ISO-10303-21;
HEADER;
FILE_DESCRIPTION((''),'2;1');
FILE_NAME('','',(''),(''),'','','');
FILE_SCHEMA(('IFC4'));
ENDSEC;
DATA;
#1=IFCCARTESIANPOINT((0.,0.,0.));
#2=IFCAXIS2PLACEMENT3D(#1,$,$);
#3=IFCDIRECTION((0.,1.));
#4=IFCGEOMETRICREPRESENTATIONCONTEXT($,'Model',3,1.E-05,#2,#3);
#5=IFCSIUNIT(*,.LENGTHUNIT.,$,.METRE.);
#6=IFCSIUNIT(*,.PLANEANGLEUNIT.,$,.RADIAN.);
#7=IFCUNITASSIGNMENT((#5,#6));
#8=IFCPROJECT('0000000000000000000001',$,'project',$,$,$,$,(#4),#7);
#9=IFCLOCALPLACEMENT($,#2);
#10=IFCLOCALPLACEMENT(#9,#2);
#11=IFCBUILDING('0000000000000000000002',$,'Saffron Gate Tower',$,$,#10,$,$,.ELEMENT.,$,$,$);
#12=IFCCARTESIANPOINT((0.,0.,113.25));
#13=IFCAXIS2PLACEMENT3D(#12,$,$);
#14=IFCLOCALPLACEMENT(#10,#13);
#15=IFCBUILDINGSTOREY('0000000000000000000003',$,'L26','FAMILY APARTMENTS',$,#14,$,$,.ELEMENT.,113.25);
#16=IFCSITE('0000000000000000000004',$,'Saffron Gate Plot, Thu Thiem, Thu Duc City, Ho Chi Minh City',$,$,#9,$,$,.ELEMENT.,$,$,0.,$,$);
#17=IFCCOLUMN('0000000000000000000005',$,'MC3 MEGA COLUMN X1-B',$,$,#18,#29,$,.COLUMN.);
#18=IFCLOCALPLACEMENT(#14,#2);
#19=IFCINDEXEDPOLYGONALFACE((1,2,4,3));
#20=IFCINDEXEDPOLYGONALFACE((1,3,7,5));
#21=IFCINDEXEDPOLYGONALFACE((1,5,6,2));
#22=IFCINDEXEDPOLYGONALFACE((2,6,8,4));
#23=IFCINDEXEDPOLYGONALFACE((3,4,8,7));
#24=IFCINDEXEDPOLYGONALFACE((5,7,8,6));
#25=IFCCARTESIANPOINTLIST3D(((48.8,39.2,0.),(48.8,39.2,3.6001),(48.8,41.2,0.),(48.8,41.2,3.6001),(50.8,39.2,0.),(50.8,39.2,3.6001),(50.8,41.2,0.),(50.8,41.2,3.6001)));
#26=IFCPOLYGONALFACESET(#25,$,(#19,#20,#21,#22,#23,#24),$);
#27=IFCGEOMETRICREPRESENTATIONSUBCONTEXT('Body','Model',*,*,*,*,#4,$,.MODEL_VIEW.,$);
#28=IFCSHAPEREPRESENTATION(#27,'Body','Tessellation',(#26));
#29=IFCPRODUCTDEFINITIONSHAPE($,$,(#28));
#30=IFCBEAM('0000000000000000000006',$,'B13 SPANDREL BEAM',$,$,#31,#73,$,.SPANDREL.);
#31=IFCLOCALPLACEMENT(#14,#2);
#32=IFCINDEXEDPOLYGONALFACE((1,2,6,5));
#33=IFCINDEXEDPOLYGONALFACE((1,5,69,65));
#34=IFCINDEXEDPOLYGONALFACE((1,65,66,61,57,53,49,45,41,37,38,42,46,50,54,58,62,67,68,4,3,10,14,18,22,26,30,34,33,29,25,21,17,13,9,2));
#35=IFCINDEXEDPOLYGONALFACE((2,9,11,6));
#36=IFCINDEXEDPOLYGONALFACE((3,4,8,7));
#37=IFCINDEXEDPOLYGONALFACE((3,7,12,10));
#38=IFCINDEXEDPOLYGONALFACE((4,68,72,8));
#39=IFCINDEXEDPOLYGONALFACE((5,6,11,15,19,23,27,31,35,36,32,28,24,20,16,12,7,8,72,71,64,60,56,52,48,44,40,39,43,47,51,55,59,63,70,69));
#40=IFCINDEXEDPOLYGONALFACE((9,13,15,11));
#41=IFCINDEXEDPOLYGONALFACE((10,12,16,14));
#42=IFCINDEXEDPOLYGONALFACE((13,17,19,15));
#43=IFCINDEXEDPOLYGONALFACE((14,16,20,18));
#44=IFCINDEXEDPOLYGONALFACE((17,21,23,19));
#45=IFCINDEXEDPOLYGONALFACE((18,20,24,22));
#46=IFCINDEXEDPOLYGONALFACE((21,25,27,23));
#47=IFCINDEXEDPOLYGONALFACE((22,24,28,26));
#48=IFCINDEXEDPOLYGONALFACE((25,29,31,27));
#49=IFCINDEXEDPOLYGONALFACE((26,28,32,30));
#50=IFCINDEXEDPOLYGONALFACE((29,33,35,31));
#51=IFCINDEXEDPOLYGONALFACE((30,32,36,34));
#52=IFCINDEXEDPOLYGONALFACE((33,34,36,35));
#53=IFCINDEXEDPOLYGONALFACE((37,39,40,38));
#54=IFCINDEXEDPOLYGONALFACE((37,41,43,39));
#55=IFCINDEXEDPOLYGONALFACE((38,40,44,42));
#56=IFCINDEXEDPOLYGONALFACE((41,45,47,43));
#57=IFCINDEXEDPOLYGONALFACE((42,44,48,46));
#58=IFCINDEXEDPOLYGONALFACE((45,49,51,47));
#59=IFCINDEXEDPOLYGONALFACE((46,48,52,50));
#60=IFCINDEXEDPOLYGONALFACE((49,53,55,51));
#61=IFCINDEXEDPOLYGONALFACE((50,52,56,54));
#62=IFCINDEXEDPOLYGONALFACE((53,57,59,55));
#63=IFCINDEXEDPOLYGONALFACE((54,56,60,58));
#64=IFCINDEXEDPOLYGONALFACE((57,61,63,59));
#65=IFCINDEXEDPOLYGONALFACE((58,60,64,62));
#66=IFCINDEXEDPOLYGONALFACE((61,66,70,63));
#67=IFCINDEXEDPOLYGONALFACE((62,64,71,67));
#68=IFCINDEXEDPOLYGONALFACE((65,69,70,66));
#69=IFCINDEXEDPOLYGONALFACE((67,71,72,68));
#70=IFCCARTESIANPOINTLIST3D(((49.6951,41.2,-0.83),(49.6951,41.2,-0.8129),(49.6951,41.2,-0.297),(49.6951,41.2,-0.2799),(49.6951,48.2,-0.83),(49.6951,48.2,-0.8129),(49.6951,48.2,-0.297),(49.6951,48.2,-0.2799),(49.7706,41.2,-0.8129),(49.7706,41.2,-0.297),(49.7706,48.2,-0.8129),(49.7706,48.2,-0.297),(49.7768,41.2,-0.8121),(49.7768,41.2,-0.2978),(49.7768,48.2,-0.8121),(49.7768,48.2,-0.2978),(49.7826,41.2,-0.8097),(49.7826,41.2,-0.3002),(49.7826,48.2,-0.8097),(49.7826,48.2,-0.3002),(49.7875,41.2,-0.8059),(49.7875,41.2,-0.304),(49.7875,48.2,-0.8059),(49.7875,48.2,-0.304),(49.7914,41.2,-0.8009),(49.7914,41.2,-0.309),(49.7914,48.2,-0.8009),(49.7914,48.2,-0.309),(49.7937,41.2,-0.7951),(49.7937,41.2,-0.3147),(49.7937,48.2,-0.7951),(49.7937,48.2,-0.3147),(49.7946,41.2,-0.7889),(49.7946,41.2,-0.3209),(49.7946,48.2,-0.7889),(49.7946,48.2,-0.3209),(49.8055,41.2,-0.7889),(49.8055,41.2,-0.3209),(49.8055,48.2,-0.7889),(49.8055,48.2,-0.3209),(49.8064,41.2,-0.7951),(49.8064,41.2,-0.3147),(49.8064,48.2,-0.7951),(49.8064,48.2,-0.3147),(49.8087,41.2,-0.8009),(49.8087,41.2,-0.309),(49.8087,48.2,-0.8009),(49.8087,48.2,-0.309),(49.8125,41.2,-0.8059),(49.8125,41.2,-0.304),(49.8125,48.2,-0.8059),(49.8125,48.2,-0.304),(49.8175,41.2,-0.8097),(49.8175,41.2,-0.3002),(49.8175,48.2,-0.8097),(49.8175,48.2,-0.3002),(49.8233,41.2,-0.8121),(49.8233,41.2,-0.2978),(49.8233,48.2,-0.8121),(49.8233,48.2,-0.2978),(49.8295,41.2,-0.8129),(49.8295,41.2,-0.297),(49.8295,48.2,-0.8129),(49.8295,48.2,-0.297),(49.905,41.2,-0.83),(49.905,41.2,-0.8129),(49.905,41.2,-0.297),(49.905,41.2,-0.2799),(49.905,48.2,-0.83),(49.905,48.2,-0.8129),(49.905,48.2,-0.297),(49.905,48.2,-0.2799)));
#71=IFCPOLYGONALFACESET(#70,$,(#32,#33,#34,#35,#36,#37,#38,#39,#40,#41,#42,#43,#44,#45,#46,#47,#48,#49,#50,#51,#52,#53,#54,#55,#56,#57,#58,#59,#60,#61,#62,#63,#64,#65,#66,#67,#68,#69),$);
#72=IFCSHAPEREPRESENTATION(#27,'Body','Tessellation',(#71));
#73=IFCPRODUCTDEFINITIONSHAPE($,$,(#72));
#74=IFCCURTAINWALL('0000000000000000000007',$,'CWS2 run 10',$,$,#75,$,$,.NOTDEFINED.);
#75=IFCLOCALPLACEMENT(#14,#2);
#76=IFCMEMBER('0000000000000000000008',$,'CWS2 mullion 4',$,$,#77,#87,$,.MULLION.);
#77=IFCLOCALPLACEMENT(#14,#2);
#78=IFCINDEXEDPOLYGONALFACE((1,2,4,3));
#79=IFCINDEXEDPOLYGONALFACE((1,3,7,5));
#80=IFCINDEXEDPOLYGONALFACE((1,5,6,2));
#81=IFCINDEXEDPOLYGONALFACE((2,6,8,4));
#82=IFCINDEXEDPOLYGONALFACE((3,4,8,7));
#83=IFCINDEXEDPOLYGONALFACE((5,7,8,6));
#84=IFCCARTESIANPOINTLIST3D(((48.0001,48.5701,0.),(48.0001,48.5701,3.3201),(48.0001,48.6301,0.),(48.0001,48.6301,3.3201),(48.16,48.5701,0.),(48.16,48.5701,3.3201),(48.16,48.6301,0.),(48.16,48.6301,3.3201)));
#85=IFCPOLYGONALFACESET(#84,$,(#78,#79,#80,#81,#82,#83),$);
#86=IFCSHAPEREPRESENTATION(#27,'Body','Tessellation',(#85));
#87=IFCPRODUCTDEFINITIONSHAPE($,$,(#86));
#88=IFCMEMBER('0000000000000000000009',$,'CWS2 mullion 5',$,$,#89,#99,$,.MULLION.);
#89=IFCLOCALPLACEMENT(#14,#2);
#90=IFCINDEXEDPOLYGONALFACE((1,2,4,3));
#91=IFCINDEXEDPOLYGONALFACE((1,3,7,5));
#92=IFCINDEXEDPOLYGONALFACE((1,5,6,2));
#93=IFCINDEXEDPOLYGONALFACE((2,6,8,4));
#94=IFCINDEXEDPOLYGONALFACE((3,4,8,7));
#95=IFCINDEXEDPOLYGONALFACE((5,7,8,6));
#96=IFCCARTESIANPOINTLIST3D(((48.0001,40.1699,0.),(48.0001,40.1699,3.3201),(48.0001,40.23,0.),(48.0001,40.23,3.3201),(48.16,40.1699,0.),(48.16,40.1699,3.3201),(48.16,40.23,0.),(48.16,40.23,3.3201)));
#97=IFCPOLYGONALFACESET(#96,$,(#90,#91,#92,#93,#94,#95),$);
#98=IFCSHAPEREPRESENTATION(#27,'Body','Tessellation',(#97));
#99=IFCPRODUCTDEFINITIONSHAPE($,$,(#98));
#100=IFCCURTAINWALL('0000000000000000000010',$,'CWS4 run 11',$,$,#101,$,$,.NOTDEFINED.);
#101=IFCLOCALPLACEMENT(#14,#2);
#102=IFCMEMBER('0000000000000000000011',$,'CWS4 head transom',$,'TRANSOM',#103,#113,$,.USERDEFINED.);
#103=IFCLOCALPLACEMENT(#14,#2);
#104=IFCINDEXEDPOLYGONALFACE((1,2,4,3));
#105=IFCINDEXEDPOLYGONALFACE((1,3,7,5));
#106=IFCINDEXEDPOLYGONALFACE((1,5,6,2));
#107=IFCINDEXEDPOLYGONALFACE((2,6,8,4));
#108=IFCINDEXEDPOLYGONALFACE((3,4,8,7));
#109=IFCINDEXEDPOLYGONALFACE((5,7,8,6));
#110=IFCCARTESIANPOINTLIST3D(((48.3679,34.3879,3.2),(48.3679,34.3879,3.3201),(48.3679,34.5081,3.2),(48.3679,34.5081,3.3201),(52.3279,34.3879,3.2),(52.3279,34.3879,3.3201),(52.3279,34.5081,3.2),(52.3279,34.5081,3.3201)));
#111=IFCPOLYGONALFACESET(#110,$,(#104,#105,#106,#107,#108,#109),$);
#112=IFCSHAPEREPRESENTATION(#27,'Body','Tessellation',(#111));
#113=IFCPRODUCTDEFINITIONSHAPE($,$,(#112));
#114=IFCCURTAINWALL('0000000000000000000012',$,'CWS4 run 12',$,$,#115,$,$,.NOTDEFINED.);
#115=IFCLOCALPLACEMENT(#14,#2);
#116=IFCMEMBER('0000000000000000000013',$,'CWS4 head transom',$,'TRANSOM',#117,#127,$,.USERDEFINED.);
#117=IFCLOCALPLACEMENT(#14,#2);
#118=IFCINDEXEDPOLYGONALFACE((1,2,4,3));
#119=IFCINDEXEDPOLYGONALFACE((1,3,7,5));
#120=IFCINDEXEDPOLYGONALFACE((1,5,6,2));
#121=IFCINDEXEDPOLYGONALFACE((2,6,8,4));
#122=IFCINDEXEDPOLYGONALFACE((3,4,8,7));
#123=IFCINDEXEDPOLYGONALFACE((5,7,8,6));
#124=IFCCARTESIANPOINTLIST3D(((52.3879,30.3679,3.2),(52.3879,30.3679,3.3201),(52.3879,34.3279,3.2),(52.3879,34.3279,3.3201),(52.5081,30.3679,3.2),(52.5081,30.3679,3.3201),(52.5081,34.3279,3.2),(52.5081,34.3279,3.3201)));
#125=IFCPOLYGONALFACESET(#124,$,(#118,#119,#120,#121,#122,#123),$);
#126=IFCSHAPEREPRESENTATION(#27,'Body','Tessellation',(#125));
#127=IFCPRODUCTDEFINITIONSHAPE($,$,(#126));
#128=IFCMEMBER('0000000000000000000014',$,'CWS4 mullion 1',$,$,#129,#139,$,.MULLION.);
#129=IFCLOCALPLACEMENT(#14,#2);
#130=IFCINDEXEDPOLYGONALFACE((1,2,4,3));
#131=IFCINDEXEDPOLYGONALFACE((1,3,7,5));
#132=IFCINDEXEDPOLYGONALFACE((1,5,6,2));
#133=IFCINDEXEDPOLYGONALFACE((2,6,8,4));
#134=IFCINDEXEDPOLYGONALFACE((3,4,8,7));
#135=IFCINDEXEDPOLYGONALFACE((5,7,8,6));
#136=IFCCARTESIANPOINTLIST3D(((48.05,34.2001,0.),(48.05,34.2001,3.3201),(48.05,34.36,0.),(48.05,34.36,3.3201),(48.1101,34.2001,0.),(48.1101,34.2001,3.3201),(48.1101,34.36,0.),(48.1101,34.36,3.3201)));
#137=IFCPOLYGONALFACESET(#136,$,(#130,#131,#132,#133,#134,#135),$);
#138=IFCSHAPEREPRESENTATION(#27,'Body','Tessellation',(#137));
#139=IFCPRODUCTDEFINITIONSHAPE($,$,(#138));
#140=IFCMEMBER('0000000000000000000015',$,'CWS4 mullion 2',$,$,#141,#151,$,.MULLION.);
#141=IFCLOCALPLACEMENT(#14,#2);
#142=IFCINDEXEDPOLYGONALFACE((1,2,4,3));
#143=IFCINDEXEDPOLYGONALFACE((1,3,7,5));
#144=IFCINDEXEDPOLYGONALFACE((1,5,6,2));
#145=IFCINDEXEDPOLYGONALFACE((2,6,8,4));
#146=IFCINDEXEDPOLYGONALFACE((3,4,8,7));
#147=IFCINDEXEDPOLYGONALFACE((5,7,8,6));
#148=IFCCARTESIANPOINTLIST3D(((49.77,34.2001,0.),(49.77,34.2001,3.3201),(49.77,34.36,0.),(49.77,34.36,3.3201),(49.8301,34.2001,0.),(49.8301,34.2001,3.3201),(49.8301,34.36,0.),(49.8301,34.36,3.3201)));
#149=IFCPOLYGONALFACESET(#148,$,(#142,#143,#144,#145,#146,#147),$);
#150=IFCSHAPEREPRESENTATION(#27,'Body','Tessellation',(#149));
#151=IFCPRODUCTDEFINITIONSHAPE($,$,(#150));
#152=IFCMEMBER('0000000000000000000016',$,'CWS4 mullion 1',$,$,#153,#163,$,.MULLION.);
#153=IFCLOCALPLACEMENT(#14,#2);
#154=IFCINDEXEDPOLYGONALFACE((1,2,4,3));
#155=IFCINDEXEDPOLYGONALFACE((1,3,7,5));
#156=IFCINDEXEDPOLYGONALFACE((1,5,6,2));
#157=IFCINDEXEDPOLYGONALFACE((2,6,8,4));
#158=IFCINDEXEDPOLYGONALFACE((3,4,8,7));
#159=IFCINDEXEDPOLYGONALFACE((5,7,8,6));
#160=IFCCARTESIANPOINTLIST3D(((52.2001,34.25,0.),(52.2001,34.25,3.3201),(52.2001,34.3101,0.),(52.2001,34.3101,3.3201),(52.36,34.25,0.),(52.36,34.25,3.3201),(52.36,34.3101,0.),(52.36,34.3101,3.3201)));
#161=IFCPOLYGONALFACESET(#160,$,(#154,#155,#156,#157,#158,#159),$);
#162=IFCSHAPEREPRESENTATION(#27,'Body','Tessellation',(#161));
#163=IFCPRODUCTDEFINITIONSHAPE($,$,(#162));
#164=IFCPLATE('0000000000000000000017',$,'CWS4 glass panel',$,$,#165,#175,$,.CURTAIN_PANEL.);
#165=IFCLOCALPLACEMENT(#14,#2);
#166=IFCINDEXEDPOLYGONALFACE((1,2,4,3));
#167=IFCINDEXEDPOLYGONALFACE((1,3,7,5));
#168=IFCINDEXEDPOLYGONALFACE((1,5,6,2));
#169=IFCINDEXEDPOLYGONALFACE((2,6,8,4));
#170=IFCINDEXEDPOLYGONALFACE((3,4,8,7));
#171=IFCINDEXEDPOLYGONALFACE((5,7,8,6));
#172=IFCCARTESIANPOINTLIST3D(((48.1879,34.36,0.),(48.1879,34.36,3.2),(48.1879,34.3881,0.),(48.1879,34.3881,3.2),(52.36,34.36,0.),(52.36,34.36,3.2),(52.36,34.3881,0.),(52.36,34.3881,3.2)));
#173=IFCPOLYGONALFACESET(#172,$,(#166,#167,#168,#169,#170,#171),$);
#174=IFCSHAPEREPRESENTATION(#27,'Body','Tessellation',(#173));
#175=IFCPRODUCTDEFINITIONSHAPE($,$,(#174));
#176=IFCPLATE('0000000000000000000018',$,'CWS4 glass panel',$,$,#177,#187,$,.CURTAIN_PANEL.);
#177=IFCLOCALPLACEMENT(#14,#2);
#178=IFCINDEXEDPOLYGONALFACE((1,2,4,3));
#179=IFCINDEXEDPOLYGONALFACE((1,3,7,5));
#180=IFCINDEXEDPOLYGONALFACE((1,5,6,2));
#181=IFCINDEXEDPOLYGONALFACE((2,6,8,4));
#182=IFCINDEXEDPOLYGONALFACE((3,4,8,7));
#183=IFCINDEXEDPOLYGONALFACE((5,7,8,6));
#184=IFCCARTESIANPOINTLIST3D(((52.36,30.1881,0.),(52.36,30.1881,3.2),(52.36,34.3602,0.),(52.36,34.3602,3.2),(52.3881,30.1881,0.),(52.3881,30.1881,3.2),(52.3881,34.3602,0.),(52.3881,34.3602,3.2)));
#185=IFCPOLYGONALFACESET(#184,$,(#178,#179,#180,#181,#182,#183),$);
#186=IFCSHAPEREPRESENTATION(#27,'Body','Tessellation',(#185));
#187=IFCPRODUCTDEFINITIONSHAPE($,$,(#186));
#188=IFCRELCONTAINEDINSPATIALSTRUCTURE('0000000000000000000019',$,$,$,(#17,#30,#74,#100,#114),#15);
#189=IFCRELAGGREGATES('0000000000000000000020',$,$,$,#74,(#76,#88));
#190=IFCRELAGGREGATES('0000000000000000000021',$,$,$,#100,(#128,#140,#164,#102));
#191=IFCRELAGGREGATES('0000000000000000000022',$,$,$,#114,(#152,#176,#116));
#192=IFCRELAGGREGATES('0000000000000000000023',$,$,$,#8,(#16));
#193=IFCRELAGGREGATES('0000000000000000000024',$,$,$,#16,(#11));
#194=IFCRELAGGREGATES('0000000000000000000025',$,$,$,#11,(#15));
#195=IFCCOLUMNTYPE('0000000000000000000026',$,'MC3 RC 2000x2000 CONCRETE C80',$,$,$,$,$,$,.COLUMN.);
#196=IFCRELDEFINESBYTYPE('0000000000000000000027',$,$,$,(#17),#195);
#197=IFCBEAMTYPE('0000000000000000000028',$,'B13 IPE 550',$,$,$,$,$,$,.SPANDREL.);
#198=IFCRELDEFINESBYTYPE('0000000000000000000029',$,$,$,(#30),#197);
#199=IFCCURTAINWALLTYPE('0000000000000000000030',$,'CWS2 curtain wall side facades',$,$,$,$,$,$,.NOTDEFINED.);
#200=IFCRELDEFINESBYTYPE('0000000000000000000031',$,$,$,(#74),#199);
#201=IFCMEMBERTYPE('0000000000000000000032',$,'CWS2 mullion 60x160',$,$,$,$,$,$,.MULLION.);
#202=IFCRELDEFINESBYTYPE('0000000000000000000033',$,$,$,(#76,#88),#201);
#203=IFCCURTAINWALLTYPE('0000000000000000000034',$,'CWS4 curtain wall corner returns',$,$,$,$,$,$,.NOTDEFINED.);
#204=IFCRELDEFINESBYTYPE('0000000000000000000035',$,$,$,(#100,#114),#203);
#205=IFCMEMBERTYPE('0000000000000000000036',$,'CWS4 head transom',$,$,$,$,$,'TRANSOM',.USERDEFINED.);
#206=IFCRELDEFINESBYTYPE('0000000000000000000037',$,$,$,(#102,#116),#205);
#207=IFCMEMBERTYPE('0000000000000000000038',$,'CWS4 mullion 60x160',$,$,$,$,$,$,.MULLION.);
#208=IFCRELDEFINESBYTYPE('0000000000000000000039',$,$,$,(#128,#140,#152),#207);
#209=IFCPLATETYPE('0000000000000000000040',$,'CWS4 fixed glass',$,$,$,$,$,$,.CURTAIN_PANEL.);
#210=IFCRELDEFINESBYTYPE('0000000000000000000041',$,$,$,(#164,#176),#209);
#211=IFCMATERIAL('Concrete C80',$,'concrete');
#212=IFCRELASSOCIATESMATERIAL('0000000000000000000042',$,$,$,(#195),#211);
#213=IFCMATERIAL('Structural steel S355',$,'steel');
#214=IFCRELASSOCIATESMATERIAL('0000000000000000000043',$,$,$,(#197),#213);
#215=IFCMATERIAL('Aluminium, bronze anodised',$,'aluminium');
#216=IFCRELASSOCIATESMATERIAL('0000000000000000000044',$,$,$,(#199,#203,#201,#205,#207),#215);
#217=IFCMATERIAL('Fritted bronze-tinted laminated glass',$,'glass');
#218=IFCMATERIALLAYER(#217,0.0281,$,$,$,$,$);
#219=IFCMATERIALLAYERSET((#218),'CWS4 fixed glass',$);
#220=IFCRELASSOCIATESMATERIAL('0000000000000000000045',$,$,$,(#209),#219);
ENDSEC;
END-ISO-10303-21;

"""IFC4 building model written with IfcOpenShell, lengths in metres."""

from ifc_helpers import new_model, si_unit, direction, frame, frame_2d, origin, origin_2d, place, context, subcontext, project, spatial, rectangle, i_section, extrude, material, layer, layer_set, material_profile, profile_set, type_object, element, aggregate, save


model = new_model("IFC4")

# Units and contexts
model_context = context("Model", 3, precision=1e-05, world=origin(), true_north=direction((0.0, 1.0)))
body_context = subcontext(model_context, "Body", "Model", "MODEL_VIEW")
ifc_project = project(units=[si_unit("LENGTHUNIT", "METRE"), si_unit("PLANEANGLEUNIT", "RADIAN")], contexts=[model_context])

# Site, building, storey
site_placement = place(None, origin())
site = spatial("IfcSite", under=ifc_project, at=site_placement, Name="Saffron Gate Plot, Thu Thiem, Thu Duc City, Ho Chi Minh City", CompositionType="ELEMENT", RefElevation=0.0)
building_placement = place(site_placement, origin())
building = spatial("IfcBuilding", under=site, at=building_placement, Name="Saffron Gate Tower", CompositionType="ELEMENT")
storey_placement = place(building_placement, frame((0.0, 0.0, 113.25)))
storey = spatial("IfcBuildingStorey", under=building, at=storey_placement, Name="L26", Description="FAMILY APARTMENTS", CompositionType="ELEMENT", Elevation=113.25)

# Column
ifc_material_1 = material(Name="Concrete C80", Category="concrete")
ifc_material_profile_1 = material_profile(ifc_material_1, rectangle(XDim=2.0, YDim=2.0, at=origin_2d()))
ifc_profile_set_1 = profile_set([ifc_material_profile_1], Name="Concrete C80")
column_type = type_object("IfcColumnType", Name="MC3 RC 2000x2000 CONCRETE C80", PredefinedType="COLUMN", material=ifc_profile_set_1)
column_placement = place(storey_placement, frame((49.8, 40.2, 0.0), z_axis=(0.0, 0.0, 1.0), x_axis=(1.0, 0.0, 0.0)))
element("IfcColumn", 1, at=column_placement, inside=storey, type_object=column_type, Name="MC3 MEGA COLUMN X1-B", PredefinedType="COLUMN", context=body_context, shape_type="SweptSolid", body=[
    extrude(rectangle(XDim=2.0, YDim=2.0, at=origin_2d()), origin(), (0.0, 0.0, 1.0), 3.6001),
])

# Beam
ifc_material_2 = material(Name="Structural steel S355", Category="steel")
ifc_material_profile_2 = material_profile(ifc_material_2, i_section(OverallWidth=0.21, OverallDepth=0.55, WebThickness=0.011, FlangeThickness=0.0171, FilletRadius=0.0239, at=origin_2d()))
ifc_profile_set_2 = profile_set([ifc_material_profile_2], Name="Structural steel S355")
beam_type = type_object("IfcBeamType", Name="B13 IPE 550", PredefinedType="SPANDREL", material=ifc_profile_set_2)
beam_placement = place(storey_placement, frame((49.8, 41.2, -0.5549), z_axis=(0.0, 1.0, 0.0), x_axis=(-1.0, 0.0, 0.0)))
element("IfcBeam", 2, at=beam_placement, inside=storey, type_object=beam_type, Name="B13 SPANDREL BEAM", PredefinedType="SPANDREL", context=body_context, shape_type="SweptSolid", body=[
    extrude(i_section(OverallWidth=0.21, OverallDepth=0.55, WebThickness=0.011, FlangeThickness=0.0171, FilletRadius=0.0239, at=origin_2d()), origin(), (0.0, 0.0, 1.0), 7.0),
])

# Curtain wall, members
ifc_material_3 = material(Name="Aluminium, bronze anodised", Category="aluminium")
curtain_wall_type_1 = type_object("IfcCurtainWallType", Name="CWS2 curtain wall side facades", PredefinedType="NOTDEFINED", material=ifc_material_3)
curtain_wall_1_placement = place(storey_placement, origin())
curtain_wall_1 = element("IfcCurtainWall", 3, at=curtain_wall_1_placement, inside=storey, type_object=curtain_wall_type_1, Name="CWS2 run 10", PredefinedType="NOTDEFINED")
ifc_material_profile_3 = material_profile(ifc_material_3, rectangle(XDim=0.1599, YDim=0.0601, at=origin_2d()))
ifc_profile_set_3 = profile_set([ifc_material_profile_3], Name="Aluminium, bronze anodised")
member_type_1 = type_object("IfcMemberType", Name="CWS2 mullion 60x160", PredefinedType="MULLION", material=ifc_profile_set_3)
member_1_placement = place(storey_placement, frame((48.0801, 48.6001, 0.0), z_axis=(0.0, 0.0, 1.0), x_axis=(1.0, 0.0, 0.0)))
member_1 = element("IfcMember", 4, at=member_1_placement, type_object=member_type_1, Name="CWS2 mullion 4", PredefinedType="MULLION", context=body_context, shape_type="SweptSolid", body=[
    extrude(rectangle(XDim=0.1599, YDim=0.0601, at=origin_2d()), origin(), (0.0, 0.0, 1.0), 3.3201),
])
member_2_placement = place(storey_placement, frame((48.0801, 40.2, 0.0), z_axis=(0.0, 0.0, 1.0), x_axis=(1.0, 0.0, 0.0)))
member_2 = element("IfcMember", 5, at=member_2_placement, type_object=member_type_1, Name="CWS2 mullion 5", PredefinedType="MULLION", context=body_context, shape_type="SweptSolid", body=[
    extrude(rectangle(XDim=0.1599, YDim=0.0601, at=origin_2d()), origin(), (0.0, 0.0, 1.0), 3.3201),
])
aggregate(curtain_wall_1, [member_1, member_2])

# Curtain walls, members
curtain_wall_type_2 = type_object("IfcCurtainWallType", Name="CWS4 curtain wall corner returns", PredefinedType="NOTDEFINED", material=ifc_material_3)
curtain_wall_2_placement = place(storey_placement, origin())
curtain_wall_2 = element("IfcCurtainWall", 6, at=curtain_wall_2_placement, inside=storey, type_object=curtain_wall_type_2, Name="CWS4 run 11", PredefinedType="NOTDEFINED")
ifc_material_profile_4 = material_profile(ifc_material_3, rectangle(XDim=0.1201, YDim=0.1201, at=origin_2d()))
ifc_profile_set_4 = profile_set([ifc_material_profile_4], Name="Aluminium, bronze anodised")
member_type_2 = type_object("IfcMemberType", Name="CWS4 head transom", ElementType="TRANSOM", PredefinedType="USERDEFINED", material=ifc_profile_set_4)
member_3_placement = place(storey_placement, frame((48.3679, 34.448, 3.26), z_axis=(1.0, 0.0, 0.0), x_axis=(0.0, 1.0, 0.0)))
member_3 = element("IfcMember", 7, at=member_3_placement, type_object=member_type_2, Name="CWS4 head transom", ObjectType="TRANSOM", PredefinedType="USERDEFINED", context=body_context, shape_type="SweptSolid", body=[
    extrude(rectangle(XDim=0.1201, YDim=0.1201, at=origin_2d()), origin(), (0.0, 0.0, 1.0), 3.96),
])
curtain_wall_3_placement = place(storey_placement, origin())
curtain_wall_3 = element("IfcCurtainWall", 8, at=curtain_wall_3_placement, inside=storey, type_object=curtain_wall_type_2, Name="CWS4 run 12", PredefinedType="NOTDEFINED")
member_4_placement = place(storey_placement, frame((52.448, 34.3279, 3.26), z_axis=(0.0, -1.0, 0.0), x_axis=(1.0, 0.0, 0.0)))
member_4 = element("IfcMember", 9, at=member_4_placement, type_object=member_type_2, Name="CWS4 head transom", ObjectType="TRANSOM", PredefinedType="USERDEFINED", context=body_context, shape_type="SweptSolid", body=[
    extrude(rectangle(XDim=0.1201, YDim=0.1201, at=origin_2d()), origin(), (0.0, 0.0, 1.0), 3.96),
])

# Members
ifc_material_profile_5 = material_profile(ifc_material_3, rectangle(XDim=0.1599, YDim=0.0601, at=origin_2d()))
ifc_profile_set_5 = profile_set([ifc_material_profile_5], Name="Aluminium, bronze anodised")
member_type_3 = type_object("IfcMemberType", Name="CWS4 mullion 60x160", PredefinedType="MULLION", material=ifc_profile_set_5)
member_5_placement = place(storey_placement, frame((48.0801, 34.28, 0.0), z_axis=(0.0, 0.0, 1.0), x_axis=(0.0, 1.0, 0.0)))
member_5 = element("IfcMember", 10, at=member_5_placement, type_object=member_type_3, Name="CWS4 mullion 1", PredefinedType="MULLION", context=body_context, shape_type="SweptSolid", body=[
    extrude(rectangle(XDim=0.1599, YDim=0.0601, at=origin_2d()), origin(), (0.0, 0.0, 1.0), 3.3201),
])
member_6_placement = place(storey_placement, frame((49.8, 34.28, 0.0), z_axis=(0.0, 0.0, 1.0), x_axis=(0.0, 1.0, 0.0)))
member_6 = element("IfcMember", 11, at=member_6_placement, type_object=member_type_3, Name="CWS4 mullion 2", PredefinedType="MULLION", context=body_context, shape_type="SweptSolid", body=[
    extrude(rectangle(XDim=0.1599, YDim=0.0601, at=origin_2d()), origin(), (0.0, 0.0, 1.0), 3.3201),
])
member_7_placement = place(storey_placement, frame((52.28, 34.28, 0.0), z_axis=(0.0, 0.0, 1.0), x_axis=(1.0, 0.0, 0.0)))
member_7 = element("IfcMember", 12, at=member_7_placement, type_object=member_type_3, Name="CWS4 mullion 1", PredefinedType="MULLION", context=body_context, shape_type="SweptSolid", body=[
    extrude(rectangle(XDim=0.1599, YDim=0.0601, at=origin_2d()), origin(), (0.0, 0.0, 1.0), 3.3201),
])

# Plates
ifc_material_4 = material(Name="Fritted bronze-tinted laminated glass", Category="glass")
ifc_layer_1 = layer(ifc_material_4, 0.0281)
ifc_layer_set_1 = layer_set([ifc_layer_1], Name="CWS4 fixed glass")
plate_type = type_object("IfcPlateType", Name="CWS4 fixed glass", PredefinedType="CURTAIN_PANEL", material=ifc_layer_set_1)
plate_1_placement = place(storey_placement, frame((48.188, 34.374, 0.0), z_axis=(0.0, 0.0, 1.0), x_axis=(1.0, 0.0, 0.0)))
plate_1 = element("IfcPlate", 13, at=plate_1_placement, type_object=plate_type, Name="CWS4 glass panel", PredefinedType="CURTAIN_PANEL", context=body_context, shape_type="SweptSolid", body=[
    extrude(rectangle(XDim=4.1721, YDim=0.0281, at=frame_2d((2.0859, 0.0))), origin(), (0.0, 0.0, 1.0), 3.2),
])
aggregate(curtain_wall_2, [member_5, member_6, plate_1, member_3])
plate_2_placement = place(storey_placement, frame((52.374, 34.3601, 0.0), z_axis=(0.0, 0.0, 1.0), x_axis=(0.0, -1.0, 0.0)))
plate_2 = element("IfcPlate", 14, at=plate_2_placement, type_object=plate_type, Name="CWS4 glass panel", PredefinedType="CURTAIN_PANEL", context=body_context, shape_type="SweptSolid", body=[
    extrude(rectangle(XDim=4.1721, YDim=0.0281, at=frame_2d((2.0859, 0.0))), origin(), (0.0, 0.0, 1.0), 3.2),
])
aggregate(curtain_wall_3, [member_7, plate_2, member_4])

save(model, "model.ifc")
